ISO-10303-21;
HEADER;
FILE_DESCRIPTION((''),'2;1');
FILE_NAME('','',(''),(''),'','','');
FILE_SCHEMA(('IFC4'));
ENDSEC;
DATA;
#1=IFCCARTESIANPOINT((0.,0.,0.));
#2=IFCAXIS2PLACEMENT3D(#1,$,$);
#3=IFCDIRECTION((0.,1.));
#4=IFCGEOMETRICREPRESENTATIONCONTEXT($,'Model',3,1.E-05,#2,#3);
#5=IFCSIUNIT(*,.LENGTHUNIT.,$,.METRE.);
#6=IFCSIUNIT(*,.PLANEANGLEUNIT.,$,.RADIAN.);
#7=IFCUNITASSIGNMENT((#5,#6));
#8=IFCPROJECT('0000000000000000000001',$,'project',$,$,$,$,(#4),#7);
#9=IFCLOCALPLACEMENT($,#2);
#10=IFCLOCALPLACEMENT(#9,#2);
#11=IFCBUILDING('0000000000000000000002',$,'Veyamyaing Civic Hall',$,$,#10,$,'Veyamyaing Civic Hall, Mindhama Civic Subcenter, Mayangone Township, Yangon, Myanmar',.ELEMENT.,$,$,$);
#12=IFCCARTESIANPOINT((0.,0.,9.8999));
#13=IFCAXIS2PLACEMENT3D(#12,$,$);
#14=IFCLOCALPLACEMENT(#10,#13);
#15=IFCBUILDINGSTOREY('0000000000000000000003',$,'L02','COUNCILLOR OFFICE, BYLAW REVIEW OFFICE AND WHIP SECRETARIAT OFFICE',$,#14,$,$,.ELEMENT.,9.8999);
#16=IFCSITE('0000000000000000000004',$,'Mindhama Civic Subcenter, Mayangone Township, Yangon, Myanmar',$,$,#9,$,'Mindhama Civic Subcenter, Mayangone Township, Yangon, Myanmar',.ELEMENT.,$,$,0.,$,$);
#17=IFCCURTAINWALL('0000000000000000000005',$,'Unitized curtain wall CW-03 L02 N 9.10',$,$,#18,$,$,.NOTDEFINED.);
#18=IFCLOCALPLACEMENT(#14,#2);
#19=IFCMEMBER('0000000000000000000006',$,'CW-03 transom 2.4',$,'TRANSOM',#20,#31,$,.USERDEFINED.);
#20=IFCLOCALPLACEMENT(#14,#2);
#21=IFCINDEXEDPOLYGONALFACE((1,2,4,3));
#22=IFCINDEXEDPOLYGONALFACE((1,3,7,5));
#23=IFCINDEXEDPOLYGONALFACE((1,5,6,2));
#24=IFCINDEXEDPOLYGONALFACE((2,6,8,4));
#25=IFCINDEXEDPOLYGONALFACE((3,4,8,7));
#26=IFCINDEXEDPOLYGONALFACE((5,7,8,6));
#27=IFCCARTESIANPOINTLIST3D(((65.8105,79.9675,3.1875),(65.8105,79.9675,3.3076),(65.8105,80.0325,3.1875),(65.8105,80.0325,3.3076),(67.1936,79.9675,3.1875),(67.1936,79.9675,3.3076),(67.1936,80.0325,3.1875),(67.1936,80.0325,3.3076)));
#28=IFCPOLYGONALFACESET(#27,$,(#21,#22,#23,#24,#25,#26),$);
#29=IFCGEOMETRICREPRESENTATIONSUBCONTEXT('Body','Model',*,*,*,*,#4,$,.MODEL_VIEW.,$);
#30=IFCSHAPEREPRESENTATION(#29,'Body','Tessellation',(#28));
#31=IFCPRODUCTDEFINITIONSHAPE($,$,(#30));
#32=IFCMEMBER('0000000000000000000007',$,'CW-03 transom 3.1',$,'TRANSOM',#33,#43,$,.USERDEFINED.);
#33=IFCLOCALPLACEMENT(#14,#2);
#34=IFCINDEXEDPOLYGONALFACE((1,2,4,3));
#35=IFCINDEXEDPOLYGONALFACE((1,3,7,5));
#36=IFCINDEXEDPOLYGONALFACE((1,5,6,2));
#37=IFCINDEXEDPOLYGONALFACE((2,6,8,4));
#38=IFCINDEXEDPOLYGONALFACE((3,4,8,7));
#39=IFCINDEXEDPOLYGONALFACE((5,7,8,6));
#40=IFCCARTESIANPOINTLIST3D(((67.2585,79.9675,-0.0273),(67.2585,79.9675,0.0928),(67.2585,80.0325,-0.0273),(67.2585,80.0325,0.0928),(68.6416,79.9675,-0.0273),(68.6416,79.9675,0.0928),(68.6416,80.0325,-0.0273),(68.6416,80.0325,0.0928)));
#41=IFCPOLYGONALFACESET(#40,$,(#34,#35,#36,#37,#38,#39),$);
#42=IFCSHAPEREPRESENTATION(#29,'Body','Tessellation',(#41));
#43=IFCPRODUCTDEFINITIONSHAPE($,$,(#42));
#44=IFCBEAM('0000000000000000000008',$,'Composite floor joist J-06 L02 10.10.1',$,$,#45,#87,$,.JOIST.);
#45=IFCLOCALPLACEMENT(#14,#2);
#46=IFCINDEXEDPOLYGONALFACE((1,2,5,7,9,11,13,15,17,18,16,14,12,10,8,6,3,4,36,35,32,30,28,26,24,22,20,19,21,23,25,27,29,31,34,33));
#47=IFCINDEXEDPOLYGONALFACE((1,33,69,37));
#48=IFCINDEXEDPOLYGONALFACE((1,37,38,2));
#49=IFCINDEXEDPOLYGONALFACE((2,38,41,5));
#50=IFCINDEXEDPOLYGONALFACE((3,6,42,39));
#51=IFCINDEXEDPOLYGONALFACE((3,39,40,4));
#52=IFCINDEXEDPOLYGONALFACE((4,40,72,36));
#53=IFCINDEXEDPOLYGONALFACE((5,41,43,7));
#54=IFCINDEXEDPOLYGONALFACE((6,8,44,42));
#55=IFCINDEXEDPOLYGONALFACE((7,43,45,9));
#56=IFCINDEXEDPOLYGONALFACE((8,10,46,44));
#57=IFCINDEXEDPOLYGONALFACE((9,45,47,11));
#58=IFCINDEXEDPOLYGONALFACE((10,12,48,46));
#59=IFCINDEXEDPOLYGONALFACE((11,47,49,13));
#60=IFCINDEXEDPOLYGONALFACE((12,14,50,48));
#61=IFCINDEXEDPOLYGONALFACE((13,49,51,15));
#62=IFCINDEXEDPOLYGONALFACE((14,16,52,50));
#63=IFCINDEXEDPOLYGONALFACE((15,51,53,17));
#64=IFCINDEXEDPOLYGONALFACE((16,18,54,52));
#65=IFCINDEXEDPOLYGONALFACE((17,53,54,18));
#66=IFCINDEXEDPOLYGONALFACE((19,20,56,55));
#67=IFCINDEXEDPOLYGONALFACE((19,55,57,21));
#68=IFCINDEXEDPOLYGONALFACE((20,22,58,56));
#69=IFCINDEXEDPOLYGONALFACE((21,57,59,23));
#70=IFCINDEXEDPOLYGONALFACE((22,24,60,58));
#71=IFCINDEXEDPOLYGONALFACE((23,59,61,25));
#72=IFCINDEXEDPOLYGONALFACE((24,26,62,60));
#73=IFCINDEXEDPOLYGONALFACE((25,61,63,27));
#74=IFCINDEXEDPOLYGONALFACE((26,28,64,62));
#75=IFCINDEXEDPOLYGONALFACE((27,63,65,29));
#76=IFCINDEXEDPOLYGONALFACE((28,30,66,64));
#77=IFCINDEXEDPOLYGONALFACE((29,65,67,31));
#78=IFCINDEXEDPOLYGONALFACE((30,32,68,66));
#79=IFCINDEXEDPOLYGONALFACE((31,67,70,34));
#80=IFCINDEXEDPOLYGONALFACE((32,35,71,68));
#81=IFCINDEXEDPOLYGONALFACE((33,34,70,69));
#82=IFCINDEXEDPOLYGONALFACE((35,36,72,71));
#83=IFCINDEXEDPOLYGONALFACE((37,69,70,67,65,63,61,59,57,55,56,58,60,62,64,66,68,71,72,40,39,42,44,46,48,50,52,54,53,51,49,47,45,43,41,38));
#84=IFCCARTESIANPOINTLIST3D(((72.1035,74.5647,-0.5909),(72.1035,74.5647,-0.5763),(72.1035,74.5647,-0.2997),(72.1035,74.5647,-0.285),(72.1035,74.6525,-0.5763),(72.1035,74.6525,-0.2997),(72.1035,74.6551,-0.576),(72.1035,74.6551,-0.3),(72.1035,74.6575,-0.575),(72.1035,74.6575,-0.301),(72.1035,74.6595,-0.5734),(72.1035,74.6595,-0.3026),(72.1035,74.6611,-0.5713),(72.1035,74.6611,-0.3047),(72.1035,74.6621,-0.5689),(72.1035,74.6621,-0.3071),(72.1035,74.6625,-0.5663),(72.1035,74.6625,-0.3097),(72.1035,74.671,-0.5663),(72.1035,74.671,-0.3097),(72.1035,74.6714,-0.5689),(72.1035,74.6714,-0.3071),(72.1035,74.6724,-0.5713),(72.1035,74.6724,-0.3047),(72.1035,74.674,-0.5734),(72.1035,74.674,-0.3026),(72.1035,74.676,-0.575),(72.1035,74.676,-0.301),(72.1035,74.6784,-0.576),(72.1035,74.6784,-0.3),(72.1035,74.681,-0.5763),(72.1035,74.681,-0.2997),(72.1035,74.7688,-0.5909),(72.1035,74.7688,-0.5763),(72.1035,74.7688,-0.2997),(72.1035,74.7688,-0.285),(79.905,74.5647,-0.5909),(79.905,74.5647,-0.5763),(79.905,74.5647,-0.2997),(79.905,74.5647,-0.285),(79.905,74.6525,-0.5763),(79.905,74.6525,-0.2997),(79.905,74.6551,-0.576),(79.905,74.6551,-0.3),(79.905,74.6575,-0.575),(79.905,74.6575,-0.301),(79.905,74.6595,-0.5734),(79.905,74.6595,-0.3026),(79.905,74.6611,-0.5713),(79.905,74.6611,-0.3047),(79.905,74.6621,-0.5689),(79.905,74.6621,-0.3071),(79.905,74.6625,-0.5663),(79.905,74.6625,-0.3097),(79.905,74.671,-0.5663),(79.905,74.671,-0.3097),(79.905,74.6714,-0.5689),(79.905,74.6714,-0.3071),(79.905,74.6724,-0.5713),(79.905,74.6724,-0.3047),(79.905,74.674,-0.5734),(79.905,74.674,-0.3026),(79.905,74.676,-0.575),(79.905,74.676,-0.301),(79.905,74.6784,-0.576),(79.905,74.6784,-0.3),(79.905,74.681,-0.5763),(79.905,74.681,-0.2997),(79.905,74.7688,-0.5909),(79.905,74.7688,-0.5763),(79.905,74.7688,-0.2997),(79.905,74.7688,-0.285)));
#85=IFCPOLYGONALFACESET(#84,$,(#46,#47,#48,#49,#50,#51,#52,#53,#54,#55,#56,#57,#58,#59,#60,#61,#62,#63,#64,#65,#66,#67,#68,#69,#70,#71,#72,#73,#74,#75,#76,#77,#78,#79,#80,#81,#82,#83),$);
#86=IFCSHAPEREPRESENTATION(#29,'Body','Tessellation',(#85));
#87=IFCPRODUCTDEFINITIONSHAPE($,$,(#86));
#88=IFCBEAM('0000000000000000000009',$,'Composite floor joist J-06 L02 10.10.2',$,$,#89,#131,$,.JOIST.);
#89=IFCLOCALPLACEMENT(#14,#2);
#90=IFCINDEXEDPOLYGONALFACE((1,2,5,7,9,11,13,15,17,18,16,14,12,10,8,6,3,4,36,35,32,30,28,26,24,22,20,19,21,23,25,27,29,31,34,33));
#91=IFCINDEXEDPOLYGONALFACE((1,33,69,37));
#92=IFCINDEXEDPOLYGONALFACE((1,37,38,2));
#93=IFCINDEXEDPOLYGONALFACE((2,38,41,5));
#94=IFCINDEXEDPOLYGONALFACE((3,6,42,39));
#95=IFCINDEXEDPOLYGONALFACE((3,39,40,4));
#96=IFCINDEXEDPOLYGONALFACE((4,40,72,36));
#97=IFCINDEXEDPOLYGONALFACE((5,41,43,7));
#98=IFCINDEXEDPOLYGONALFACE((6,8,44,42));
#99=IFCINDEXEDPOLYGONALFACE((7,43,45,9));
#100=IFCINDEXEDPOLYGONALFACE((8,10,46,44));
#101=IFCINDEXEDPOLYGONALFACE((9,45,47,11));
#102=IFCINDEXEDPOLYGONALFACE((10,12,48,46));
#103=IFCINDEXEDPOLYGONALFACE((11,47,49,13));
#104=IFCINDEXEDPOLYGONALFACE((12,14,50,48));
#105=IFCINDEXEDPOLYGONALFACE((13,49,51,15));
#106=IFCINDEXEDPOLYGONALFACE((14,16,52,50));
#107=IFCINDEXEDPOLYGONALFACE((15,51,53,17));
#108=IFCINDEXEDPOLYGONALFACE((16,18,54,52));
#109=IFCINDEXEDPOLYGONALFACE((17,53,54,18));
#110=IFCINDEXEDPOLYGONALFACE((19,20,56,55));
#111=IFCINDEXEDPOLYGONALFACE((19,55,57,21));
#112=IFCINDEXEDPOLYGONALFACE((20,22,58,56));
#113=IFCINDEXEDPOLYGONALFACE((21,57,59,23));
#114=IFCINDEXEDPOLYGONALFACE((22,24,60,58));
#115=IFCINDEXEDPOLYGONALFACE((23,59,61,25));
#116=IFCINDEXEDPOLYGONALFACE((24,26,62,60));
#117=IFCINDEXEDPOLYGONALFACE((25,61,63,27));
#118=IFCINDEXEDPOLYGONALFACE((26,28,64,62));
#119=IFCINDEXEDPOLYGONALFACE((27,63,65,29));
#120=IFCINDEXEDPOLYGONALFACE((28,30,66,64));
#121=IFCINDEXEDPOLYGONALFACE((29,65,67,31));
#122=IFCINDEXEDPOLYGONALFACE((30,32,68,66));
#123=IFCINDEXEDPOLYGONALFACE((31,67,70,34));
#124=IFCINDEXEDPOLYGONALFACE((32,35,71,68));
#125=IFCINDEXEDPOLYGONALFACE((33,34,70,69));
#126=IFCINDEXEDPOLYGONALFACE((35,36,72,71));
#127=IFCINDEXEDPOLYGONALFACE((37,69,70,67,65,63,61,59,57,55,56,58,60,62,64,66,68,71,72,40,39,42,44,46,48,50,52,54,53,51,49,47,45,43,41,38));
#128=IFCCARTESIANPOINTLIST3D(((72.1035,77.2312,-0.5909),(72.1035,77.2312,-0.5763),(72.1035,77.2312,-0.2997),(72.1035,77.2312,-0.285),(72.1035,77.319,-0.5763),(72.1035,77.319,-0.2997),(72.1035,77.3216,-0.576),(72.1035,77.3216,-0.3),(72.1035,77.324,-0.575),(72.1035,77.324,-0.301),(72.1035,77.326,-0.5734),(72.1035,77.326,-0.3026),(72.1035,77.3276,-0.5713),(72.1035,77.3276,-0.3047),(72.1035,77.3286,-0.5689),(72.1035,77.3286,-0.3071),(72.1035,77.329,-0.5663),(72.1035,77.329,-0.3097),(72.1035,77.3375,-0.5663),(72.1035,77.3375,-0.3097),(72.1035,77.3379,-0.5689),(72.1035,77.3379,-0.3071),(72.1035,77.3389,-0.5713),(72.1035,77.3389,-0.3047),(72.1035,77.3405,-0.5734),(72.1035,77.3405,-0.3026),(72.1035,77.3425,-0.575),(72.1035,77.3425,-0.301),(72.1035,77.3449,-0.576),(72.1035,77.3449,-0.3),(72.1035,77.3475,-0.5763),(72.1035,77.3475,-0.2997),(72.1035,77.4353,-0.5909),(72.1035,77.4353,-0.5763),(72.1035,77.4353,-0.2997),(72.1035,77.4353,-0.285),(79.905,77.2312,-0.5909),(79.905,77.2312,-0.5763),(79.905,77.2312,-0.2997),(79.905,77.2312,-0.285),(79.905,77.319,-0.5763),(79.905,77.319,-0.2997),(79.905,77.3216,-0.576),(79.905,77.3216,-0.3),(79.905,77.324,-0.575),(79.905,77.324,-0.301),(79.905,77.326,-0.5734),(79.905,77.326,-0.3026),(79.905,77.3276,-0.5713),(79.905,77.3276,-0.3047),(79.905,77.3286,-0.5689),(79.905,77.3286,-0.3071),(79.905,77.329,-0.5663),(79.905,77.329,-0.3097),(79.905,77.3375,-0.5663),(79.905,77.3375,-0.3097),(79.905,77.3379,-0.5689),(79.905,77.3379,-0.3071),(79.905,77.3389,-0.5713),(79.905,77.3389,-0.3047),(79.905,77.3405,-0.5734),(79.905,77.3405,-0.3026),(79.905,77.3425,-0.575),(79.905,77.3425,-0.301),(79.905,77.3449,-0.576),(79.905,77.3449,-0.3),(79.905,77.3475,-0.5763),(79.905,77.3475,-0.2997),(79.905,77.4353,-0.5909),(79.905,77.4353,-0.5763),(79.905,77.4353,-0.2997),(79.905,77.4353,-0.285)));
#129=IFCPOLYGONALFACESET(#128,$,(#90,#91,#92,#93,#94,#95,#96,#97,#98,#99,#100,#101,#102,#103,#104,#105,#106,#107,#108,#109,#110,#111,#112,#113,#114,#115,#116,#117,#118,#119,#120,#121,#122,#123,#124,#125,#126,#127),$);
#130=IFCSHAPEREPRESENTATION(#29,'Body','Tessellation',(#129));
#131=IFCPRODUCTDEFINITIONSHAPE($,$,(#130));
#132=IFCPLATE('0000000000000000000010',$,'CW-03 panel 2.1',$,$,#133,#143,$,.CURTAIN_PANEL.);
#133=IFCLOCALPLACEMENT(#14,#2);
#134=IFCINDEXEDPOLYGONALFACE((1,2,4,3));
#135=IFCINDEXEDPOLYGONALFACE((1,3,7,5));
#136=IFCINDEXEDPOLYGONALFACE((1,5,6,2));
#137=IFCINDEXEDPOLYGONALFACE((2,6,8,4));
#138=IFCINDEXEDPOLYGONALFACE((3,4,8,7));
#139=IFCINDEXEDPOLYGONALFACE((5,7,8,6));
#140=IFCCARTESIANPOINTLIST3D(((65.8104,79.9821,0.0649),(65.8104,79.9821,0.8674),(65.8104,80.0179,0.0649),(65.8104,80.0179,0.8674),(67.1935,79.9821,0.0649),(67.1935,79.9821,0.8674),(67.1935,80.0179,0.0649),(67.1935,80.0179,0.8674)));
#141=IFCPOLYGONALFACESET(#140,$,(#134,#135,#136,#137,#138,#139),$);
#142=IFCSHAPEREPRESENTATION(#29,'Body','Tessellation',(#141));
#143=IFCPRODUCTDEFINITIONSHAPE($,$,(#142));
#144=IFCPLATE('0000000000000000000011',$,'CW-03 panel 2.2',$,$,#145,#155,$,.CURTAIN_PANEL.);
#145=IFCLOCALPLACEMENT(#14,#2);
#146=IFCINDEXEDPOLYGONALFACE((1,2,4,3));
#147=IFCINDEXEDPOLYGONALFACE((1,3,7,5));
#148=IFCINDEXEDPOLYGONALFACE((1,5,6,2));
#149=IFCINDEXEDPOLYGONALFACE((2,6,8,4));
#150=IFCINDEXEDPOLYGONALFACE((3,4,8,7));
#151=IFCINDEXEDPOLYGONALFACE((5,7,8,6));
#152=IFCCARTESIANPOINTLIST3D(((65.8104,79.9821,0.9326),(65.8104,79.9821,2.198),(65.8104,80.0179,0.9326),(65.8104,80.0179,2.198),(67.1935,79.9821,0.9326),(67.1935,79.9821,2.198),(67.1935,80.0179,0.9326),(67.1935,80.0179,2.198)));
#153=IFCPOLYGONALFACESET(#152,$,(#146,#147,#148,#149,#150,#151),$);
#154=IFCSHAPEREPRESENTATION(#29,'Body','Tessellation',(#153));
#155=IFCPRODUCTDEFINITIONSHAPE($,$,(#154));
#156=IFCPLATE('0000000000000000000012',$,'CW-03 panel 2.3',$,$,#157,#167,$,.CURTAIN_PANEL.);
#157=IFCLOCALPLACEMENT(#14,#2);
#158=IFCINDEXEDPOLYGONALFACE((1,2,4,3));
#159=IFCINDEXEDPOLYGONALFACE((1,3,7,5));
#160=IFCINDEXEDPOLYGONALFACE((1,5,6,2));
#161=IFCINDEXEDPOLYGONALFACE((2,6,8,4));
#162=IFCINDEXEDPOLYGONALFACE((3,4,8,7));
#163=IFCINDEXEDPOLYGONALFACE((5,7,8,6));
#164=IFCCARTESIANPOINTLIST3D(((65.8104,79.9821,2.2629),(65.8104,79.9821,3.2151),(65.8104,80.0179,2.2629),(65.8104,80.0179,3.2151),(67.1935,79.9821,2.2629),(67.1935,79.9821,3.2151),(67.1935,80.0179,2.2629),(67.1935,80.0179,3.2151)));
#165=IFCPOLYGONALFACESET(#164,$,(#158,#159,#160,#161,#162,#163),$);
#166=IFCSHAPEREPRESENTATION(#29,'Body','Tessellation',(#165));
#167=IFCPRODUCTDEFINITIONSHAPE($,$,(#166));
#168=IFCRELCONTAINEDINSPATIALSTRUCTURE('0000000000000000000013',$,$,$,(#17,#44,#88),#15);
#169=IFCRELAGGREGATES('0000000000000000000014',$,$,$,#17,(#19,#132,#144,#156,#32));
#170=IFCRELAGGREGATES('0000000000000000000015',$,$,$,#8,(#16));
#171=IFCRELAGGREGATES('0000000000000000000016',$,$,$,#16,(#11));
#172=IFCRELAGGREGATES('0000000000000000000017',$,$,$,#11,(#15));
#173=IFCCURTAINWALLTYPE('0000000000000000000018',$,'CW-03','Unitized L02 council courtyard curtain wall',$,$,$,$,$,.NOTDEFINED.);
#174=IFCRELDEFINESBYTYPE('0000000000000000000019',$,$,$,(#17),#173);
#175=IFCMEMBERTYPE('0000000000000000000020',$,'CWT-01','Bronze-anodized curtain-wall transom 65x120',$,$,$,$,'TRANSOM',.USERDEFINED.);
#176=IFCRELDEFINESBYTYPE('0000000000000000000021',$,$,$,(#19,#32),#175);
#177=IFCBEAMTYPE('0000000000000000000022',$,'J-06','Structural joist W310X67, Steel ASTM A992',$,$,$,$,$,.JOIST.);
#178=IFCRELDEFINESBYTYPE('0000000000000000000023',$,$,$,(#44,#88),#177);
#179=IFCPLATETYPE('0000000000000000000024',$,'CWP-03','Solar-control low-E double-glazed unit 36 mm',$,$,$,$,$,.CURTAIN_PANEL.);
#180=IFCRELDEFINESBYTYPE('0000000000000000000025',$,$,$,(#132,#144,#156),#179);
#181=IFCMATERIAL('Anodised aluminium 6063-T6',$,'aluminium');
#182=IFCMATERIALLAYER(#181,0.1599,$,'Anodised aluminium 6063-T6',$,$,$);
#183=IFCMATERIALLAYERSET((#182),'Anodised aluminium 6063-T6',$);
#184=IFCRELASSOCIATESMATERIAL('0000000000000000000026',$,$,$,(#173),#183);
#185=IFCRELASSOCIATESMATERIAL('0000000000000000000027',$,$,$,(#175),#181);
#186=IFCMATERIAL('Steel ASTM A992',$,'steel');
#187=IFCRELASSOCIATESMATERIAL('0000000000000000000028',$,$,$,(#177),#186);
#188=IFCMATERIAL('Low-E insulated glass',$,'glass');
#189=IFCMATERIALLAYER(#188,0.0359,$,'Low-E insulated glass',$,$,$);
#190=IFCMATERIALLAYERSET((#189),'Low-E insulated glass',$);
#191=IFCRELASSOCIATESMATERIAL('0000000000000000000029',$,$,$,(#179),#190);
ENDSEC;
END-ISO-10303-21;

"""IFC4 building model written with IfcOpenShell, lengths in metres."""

from ifc_helpers import new_model, si_unit, direction, frame, origin, origin_2d, place, context, subcontext, project, spatial, rectangle, i_section, extrude, material, layer, layer_set, material_profile, profile_set, type_object, element, aggregate, save


model = new_model("IFC4")

# Units and contexts
model_context = context("Model", 3, precision=1e-05, world=origin(), true_north=direction((0.0, 1.0)))
body_context = subcontext(model_context, "Body", "Model", "MODEL_VIEW")
ifc_project = project(units=[si_unit("LENGTHUNIT", "METRE"), si_unit("PLANEANGLEUNIT", "RADIAN")], contexts=[model_context])

# Site, building, storey
site_placement = place(None, origin())
site = spatial("IfcSite", under=ifc_project, at=site_placement, Name="Mindhama Civic Subcenter, Mayangone Township, Yangon, Myanmar", LongName="Mindhama Civic Subcenter, Mayangone Township, Yangon, Myanmar", CompositionType="ELEMENT", RefElevation=0.0)
building_placement = place(site_placement, origin())
building = spatial("IfcBuilding", under=site, at=building_placement, Name="Veyamyaing Civic Hall", LongName="Veyamyaing Civic Hall, Mindhama Civic Subcenter, Mayangone Township, Yangon, Myanmar", CompositionType="ELEMENT")
storey_placement = place(building_placement, frame((0.0, 0.0, 9.8999)))
storey = spatial("IfcBuildingStorey", under=building, at=storey_placement, Name="L02", Description="COUNCILLOR OFFICE, BYLAW REVIEW OFFICE AND WHIP SECRETARIAT OFFICE", CompositionType="ELEMENT", Elevation=9.8999)

# Shared definitions
ifc_material_1 = material(Name="Steel ASTM A992", Category="steel")

# Curtain wall, members
ifc_material_2 = material(Name="Anodised aluminium 6063-T6", Category="aluminium")
ifc_layer_1 = layer(ifc_material_2, 0.1599, Name="Anodised aluminium 6063-T6")
ifc_layer_set_1 = layer_set([ifc_layer_1], Name="Anodised aluminium 6063-T6")
curtain_wall_type = type_object("IfcCurtainWallType", Name="CW-03", Description="Unitized L02 council courtyard curtain wall", PredefinedType="NOTDEFINED", material=ifc_layer_set_1)
curtain_wall_placement = place(storey_placement, origin())
curtain_wall = element("IfcCurtainWall", 1, at=curtain_wall_placement, inside=storey, type_object=curtain_wall_type, Name="Unitized curtain wall CW-03 L02 N 9.10", PredefinedType="NOTDEFINED")
ifc_material_profile_1 = material_profile(ifc_material_2, rectangle(XDim=0.0649, YDim=0.1201, at=origin_2d()), Name="ALU-TRN-65X120")
ifc_profile_set_1 = profile_set([ifc_material_profile_1], Name="Anodised aluminium 6063-T6")
member_type_1 = type_object("IfcMemberType", Name="CWT-01", Description="Bronze-anodized curtain-wall transom 65x120", ElementType="TRANSOM", PredefinedType="USERDEFINED", material=ifc_profile_set_1)
member_1_placement = place(storey_placement, frame((65.8105, 80.0, 3.2476), z_axis=(1.0, 0.0, 0.0), x_axis=(0.0, 1.0, 0.0)))
member_1 = element("IfcMember", 2, at=member_1_placement, type_object=member_type_1, Name="CW-03 transom 2.4", ObjectType="TRANSOM", PredefinedType="USERDEFINED", context=body_context, shape_type="SweptSolid", body=[
    extrude(rectangle(XDim=0.0649, YDim=0.1201, at=origin_2d()), origin(), (0.0, 0.0, 1.0), 1.3831),
])
member_2_placement = place(storey_placement, frame((67.2585, 80.0, 0.0327), z_axis=(1.0, 0.0, 0.0), x_axis=(0.0, 1.0, 0.0)))
member_2 = element("IfcMember", 3, at=member_2_placement, type_object=member_type_1, Name="CW-03 transom 3.1", ObjectType="TRANSOM", PredefinedType="USERDEFINED", context=body_context, shape_type="SweptSolid", body=[
    extrude(rectangle(XDim=0.0649, YDim=0.1201, at=origin_2d()), origin(), (0.0, 0.0, 1.0), 1.3831),
])

# Beams
ifc_material_profile_2 = material_profile(ifc_material_1, i_section(OverallWidth=0.2041, OverallDepth=0.3059, WebThickness=0.0085, FlangeThickness=0.0146, FilletRadius=0.01, at=origin_2d()), Name="W310X67")
ifc_profile_set_2 = profile_set([ifc_material_profile_2], Name="Steel ASTM A992")
beam_type_1 = type_object("IfcBeamType", Name="J-06", Description="Structural joist W310X67, Steel ASTM A992", PredefinedType="JOIST", material=ifc_profile_set_2)
for number, where, z_axis, x_axis, name in (
    (4, (72.1035, 74.6667, -0.438), (1.0, 0.0, 0.0), (0.0, 1.0, 0.0), "Composite floor joist J-06 L02 10.10.1"),
    (5, (72.1035, 77.3333, -0.438), (1.0, 0.0, 0.0), (0.0, 1.0, 0.0), "Composite floor joist J-06 L02 10.10.2"),
):
    element("IfcBeam", number, at=place(storey_placement, frame(where, z_axis=z_axis, x_axis=x_axis)), inside=storey, type_object=beam_type_1, Name=name, PredefinedType="JOIST", context=body_context, shape_type="SweptSolid", body=[
        extrude(i_section(OverallWidth=0.2041, OverallDepth=0.3059, WebThickness=0.0085, FlangeThickness=0.0146, FilletRadius=0.01, at=origin_2d()), origin(), (0.0, 0.0, 1.0), 7.8015),
    ])

# Plates
ifc_material_3 = material(Name="Low-E insulated glass", Category="glass")
ifc_layer_2 = layer(ifc_material_3, 0.0359, Name="Low-E insulated glass")
ifc_layer_set_2 = layer_set([ifc_layer_2], Name="Low-E insulated glass")
plate_type = type_object("IfcPlateType", Name="CWP-03", Description="Solar-control low-E double-glazed unit 36 mm", PredefinedType="CURTAIN_PANEL", material=ifc_layer_set_2)
plate_1_placement = place(storey_placement, frame((66.502, 80.0, 0.0649), z_axis=(0.0, 0.0, 1.0), x_axis=(1.0, 0.0, 0.0)))
plate_1 = element("IfcPlate", 6, at=plate_1_placement, type_object=plate_type, Name="CW-03 panel 2.1", PredefinedType="CURTAIN_PANEL", context=body_context, shape_type="SweptSolid", body=[
    extrude(rectangle(XDim=1.3831, YDim=0.0359, at=origin_2d()), origin(), (0.0, 0.0, 1.0), 0.8025),
])
plate_2_placement = place(storey_placement, frame((66.502, 80.0, 0.9326), z_axis=(0.0, 0.0, 1.0), x_axis=(1.0, 0.0, 0.0)))
plate_2 = element("IfcPlate", 7, at=plate_2_placement, type_object=plate_type, Name="CW-03 panel 2.2", PredefinedType="CURTAIN_PANEL", context=body_context, shape_type="SweptSolid", body=[
    extrude(rectangle(XDim=1.3831, YDim=0.0359, at=origin_2d()), origin(), (0.0, 0.0, 1.0), 1.2654),
])
plate_3_placement = place(storey_placement, frame((66.502, 80.0, 2.2629), z_axis=(0.0, 0.0, 1.0), x_axis=(1.0, 0.0, 0.0)))
plate_3 = element("IfcPlate", 8, at=plate_3_placement, type_object=plate_type, Name="CW-03 panel 2.3", PredefinedType="CURTAIN_PANEL", context=body_context, shape_type="SweptSolid", body=[
    extrude(rectangle(XDim=1.3831, YDim=0.0359, at=origin_2d()), origin(), (0.0, 0.0, 1.0), 0.9521),
])
aggregate(curtain_wall, [member_1, plate_1, plate_2, plate_3, member_2])

save(model, "model.ifc")
